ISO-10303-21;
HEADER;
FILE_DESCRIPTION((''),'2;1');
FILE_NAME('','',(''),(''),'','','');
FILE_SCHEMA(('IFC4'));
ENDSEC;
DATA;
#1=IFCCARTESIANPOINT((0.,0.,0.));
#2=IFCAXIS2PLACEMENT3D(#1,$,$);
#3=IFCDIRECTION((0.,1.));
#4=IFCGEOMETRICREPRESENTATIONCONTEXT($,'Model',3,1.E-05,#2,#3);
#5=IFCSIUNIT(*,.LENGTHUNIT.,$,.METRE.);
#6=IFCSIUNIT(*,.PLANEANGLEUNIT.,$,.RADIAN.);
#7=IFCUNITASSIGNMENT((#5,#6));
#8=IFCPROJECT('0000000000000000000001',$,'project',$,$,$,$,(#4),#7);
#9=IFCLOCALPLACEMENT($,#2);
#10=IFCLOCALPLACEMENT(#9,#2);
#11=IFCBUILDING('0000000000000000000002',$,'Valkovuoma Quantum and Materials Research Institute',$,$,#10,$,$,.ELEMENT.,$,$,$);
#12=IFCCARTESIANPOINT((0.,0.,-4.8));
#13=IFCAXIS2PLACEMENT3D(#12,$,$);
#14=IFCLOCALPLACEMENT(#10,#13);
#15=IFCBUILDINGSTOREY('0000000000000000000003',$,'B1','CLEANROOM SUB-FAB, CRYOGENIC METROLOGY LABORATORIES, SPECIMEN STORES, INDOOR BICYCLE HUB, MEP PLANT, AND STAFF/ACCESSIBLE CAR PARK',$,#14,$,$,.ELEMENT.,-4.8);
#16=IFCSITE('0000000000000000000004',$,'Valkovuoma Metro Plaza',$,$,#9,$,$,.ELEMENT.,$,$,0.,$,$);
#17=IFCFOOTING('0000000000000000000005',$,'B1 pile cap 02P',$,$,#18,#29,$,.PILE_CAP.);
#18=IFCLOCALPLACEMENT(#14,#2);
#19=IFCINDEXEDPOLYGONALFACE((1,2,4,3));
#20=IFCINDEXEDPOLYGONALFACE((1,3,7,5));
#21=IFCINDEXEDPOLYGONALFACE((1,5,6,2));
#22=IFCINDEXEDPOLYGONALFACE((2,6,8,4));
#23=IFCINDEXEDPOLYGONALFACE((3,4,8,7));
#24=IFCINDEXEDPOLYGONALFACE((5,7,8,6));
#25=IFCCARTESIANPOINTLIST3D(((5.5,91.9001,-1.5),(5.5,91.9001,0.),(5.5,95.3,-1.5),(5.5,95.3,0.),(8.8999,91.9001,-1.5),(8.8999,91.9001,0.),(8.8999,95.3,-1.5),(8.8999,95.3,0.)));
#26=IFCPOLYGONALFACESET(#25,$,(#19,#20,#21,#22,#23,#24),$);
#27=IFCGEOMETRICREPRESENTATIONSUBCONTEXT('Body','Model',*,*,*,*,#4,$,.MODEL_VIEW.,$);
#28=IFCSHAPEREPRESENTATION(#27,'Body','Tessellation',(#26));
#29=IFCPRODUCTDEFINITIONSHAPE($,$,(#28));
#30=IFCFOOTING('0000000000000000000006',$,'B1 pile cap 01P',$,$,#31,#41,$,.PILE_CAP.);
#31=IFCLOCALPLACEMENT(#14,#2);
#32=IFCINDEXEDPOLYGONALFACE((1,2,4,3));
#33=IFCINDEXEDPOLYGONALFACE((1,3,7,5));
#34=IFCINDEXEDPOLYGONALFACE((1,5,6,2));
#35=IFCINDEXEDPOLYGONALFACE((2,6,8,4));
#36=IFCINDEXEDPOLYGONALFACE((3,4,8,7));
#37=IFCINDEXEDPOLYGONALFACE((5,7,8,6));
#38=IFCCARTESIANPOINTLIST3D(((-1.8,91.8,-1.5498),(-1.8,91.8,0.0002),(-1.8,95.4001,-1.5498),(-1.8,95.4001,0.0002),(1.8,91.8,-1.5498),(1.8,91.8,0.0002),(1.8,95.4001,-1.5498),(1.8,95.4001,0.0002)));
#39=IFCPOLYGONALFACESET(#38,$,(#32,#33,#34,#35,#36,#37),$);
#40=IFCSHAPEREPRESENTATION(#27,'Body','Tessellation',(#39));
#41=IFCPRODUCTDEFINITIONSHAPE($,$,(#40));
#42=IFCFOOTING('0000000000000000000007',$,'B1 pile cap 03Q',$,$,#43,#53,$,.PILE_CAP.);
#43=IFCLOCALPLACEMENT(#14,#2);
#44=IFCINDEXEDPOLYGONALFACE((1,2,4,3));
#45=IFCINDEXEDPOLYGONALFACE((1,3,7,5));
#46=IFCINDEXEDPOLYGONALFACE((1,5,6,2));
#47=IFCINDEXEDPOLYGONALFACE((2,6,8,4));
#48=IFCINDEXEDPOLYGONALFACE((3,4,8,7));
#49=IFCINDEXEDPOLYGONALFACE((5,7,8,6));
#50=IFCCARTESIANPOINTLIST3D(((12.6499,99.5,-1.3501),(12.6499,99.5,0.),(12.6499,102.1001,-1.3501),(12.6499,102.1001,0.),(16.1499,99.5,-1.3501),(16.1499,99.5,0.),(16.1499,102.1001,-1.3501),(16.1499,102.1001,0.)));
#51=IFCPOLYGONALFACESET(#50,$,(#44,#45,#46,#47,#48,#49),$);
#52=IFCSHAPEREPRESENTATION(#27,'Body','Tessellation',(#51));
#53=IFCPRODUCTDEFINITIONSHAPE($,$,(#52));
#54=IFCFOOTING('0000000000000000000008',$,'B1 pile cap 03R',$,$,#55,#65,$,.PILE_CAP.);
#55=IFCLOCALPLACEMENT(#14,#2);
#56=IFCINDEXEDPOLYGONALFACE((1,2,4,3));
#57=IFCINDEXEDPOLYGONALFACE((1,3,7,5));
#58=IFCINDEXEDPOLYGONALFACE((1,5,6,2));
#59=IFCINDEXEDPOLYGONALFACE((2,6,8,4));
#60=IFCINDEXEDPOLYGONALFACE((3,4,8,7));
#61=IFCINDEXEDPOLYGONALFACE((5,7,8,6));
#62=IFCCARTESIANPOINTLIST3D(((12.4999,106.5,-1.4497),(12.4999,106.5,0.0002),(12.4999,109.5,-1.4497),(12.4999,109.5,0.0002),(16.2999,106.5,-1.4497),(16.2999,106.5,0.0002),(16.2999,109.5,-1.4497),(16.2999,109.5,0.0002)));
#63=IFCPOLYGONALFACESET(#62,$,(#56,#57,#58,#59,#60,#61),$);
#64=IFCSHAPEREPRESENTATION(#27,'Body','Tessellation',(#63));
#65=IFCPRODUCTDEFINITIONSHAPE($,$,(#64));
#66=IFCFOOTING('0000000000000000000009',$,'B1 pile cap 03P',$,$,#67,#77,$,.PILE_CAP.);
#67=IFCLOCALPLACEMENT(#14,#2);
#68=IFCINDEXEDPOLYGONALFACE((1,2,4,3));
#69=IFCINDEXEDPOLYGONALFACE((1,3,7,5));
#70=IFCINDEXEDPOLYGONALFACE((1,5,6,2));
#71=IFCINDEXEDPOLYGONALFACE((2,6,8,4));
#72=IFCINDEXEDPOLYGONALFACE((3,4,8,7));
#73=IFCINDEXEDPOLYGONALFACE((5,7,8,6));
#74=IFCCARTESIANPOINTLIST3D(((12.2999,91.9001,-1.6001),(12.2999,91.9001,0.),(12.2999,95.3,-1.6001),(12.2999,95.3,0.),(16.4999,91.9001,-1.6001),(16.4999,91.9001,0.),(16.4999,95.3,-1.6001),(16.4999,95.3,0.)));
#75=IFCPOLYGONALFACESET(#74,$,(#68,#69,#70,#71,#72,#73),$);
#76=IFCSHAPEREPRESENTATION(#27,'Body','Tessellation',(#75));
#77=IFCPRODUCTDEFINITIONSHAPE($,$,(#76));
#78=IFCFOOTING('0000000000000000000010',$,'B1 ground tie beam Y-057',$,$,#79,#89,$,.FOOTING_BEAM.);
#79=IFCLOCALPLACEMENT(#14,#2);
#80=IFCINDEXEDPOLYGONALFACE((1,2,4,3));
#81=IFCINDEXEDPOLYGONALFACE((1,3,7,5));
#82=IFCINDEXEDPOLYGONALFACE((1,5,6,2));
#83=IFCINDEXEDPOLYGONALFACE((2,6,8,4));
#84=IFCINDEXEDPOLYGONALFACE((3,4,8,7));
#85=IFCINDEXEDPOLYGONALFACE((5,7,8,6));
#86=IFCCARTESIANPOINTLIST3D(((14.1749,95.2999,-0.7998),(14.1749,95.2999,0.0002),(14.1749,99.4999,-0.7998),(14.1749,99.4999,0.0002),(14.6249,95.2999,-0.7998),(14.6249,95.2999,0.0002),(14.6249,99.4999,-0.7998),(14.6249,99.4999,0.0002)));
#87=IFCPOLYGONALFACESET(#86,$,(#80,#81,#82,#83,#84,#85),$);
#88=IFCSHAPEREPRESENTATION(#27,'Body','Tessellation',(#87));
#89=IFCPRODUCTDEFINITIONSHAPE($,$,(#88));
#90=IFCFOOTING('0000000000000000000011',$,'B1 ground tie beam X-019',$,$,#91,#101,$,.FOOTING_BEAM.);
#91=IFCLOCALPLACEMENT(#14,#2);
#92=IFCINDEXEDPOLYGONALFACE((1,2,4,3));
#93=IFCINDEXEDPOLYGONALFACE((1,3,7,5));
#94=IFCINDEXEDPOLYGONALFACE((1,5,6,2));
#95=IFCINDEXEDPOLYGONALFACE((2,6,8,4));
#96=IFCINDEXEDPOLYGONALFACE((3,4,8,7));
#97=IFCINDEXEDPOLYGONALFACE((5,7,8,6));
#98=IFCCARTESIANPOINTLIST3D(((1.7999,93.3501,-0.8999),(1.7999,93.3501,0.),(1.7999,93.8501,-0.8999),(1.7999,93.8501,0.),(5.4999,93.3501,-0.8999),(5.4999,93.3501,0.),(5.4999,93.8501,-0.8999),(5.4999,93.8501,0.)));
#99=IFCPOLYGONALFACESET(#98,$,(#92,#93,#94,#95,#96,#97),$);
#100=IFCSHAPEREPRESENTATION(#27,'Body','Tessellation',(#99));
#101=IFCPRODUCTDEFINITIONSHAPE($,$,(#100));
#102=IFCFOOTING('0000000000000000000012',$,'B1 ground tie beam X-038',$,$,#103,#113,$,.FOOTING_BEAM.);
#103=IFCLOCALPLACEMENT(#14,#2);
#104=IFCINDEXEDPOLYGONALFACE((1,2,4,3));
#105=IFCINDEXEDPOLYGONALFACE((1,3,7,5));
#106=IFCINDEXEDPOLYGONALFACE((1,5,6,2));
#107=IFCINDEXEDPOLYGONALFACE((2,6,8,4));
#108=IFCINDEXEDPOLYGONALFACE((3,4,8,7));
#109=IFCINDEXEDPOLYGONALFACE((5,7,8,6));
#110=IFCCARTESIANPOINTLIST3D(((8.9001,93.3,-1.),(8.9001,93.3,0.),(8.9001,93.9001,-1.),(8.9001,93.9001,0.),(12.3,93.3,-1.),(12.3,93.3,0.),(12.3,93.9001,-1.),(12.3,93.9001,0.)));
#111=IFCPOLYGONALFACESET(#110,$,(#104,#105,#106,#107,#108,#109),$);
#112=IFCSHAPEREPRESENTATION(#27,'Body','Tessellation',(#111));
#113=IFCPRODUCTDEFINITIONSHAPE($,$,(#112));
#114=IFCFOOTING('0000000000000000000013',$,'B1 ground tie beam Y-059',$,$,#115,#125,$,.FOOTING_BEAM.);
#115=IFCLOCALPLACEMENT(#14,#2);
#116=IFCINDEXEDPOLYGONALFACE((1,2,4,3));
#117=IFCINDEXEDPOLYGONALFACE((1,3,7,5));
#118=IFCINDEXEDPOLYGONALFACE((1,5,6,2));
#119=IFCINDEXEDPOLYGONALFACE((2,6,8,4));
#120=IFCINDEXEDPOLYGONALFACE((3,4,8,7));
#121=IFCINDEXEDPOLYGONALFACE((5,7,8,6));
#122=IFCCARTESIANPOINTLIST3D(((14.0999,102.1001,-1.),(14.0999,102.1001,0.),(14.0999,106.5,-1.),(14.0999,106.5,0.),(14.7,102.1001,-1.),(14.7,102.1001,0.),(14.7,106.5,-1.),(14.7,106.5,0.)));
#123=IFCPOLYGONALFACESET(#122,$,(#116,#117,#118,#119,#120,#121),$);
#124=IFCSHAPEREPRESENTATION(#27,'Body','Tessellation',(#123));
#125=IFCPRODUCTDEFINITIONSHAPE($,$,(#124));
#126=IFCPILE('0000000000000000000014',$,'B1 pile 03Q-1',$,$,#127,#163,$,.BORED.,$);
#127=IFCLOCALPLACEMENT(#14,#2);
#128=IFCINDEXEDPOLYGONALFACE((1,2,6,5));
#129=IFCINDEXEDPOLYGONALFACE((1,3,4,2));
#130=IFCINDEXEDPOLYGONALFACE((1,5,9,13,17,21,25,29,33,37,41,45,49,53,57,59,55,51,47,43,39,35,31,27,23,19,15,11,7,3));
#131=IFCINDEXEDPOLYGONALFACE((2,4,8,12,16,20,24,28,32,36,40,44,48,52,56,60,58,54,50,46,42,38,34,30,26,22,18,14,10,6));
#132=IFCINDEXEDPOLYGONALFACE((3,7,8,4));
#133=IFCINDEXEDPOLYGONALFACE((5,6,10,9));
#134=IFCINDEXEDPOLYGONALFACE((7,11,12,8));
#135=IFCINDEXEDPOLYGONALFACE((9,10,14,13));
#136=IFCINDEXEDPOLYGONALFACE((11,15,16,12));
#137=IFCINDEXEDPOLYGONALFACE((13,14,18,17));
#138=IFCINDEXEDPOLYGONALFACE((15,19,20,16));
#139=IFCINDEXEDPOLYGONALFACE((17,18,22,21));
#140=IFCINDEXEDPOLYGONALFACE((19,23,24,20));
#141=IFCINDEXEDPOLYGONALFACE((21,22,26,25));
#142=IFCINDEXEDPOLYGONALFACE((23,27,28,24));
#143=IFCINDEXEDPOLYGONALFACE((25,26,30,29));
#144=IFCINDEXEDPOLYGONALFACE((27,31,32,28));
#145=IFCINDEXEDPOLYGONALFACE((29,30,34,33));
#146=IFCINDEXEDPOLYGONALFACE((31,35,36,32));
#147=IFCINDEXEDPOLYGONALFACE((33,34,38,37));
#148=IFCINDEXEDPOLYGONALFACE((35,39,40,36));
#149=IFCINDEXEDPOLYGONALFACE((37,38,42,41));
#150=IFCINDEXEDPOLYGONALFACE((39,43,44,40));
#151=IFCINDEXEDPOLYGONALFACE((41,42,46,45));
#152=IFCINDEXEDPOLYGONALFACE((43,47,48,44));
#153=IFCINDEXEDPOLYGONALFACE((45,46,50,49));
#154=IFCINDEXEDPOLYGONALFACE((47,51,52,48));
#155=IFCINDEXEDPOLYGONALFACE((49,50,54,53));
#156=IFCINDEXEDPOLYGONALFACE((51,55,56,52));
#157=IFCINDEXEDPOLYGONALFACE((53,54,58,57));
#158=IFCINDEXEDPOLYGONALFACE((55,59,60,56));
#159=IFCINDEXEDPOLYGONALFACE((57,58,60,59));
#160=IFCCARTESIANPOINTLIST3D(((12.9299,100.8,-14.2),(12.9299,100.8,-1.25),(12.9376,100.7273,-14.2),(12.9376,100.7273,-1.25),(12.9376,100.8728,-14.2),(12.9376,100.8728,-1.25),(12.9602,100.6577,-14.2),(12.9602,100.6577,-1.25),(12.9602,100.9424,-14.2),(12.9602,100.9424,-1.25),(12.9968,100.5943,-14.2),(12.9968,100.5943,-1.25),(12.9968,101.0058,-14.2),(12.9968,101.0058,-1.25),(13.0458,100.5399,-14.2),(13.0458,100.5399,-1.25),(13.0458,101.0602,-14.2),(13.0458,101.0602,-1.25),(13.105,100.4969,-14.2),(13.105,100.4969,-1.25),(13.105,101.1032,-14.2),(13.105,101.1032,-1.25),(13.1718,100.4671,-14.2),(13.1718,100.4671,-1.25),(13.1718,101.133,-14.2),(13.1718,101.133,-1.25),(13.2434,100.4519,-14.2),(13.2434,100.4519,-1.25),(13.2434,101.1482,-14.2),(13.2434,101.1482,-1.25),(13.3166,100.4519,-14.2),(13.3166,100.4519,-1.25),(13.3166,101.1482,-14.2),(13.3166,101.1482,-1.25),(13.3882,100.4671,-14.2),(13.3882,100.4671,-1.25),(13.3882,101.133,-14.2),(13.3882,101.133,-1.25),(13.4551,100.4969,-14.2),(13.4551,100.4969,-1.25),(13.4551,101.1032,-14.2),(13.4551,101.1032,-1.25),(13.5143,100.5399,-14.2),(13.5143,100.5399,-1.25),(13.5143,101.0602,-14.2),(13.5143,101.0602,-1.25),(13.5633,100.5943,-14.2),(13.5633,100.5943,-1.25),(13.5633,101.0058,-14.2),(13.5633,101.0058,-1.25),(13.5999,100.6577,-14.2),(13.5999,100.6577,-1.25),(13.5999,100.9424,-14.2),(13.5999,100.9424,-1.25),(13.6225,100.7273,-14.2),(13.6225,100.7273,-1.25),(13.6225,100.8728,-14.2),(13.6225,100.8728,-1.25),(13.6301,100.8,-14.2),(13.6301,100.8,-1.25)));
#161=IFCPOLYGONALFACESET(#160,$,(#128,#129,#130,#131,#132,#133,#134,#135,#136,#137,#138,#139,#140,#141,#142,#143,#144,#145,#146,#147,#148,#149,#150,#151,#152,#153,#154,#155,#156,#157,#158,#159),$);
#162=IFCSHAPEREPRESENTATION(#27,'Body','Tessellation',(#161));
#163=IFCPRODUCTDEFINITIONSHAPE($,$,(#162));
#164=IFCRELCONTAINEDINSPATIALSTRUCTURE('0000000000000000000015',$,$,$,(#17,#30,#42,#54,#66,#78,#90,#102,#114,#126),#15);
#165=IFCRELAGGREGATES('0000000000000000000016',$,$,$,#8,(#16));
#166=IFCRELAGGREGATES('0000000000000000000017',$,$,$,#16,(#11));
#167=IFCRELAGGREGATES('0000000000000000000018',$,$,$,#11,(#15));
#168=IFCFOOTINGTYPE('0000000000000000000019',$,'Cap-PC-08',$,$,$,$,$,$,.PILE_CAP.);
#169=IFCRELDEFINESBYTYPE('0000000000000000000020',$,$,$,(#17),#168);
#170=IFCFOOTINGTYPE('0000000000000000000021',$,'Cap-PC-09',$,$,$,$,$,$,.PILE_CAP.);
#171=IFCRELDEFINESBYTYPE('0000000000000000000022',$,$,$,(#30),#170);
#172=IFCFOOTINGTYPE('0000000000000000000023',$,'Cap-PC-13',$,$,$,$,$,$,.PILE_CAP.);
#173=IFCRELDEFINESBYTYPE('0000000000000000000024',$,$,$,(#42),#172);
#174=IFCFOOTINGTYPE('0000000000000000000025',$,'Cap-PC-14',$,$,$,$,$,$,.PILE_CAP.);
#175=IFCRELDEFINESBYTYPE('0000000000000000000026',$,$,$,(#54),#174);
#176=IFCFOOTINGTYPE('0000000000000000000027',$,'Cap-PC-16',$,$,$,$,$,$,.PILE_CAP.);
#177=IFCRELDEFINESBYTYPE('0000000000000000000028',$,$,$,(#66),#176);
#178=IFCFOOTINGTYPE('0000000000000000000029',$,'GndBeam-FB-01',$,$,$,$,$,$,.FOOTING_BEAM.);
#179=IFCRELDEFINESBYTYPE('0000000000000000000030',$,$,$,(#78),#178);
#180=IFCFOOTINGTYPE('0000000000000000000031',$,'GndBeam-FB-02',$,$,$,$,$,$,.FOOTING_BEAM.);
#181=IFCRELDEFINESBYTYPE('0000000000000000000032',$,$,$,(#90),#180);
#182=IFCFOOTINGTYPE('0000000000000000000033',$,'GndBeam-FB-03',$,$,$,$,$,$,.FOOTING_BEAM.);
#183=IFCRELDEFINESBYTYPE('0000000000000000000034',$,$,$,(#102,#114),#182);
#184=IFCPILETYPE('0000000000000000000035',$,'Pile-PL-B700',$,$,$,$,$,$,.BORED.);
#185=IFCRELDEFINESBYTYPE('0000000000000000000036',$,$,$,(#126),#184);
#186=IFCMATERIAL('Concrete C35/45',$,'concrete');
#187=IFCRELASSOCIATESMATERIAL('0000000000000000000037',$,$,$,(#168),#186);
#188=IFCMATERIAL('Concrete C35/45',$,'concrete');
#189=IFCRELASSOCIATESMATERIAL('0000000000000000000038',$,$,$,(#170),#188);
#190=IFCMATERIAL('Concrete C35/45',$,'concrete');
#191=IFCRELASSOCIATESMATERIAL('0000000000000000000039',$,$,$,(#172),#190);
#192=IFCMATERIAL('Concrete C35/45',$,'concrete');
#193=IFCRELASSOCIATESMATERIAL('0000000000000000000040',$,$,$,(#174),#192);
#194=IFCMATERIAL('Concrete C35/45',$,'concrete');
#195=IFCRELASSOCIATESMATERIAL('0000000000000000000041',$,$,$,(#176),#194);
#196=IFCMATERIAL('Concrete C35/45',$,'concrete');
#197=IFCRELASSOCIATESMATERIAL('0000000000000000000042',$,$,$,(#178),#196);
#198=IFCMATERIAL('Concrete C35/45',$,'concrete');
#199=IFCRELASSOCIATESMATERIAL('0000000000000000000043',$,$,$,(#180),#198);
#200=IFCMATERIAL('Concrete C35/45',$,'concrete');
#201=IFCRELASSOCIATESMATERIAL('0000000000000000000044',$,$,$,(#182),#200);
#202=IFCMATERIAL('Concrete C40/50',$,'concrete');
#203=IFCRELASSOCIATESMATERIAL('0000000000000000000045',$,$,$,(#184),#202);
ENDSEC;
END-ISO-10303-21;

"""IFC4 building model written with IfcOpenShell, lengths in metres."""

from ifc_helpers import new_model, si_unit, direction, frame, origin, origin_2d, place, context, subcontext, project, spatial, rectangle, circle, extrude, material, material_profile, profile_set, type_object, element, save


model = new_model("IFC4")

# Units and contexts
model_context = context("Model", 3, precision=1e-05, world=origin(), true_north=direction((0.0, 1.0)))
body_context = subcontext(model_context, "Body", "Model", "MODEL_VIEW")
ifc_project = project(units=[si_unit("LENGTHUNIT", "METRE"), si_unit("PLANEANGLEUNIT", "RADIAN")], contexts=[model_context])

# Site, building, storey
site_placement = place(None, origin())
site = spatial("IfcSite", under=ifc_project, at=site_placement, Name="Valkovuoma Metro Plaza", CompositionType="ELEMENT", RefElevation=0.0)
building_placement = place(site_placement, origin())
building = spatial("IfcBuilding", under=site, at=building_placement, Name="Valkovuoma Quantum and Materials Research Institute", CompositionType="ELEMENT")
storey_placement = place(building_placement, frame((0.0, 0.0, -4.8)))
storey = spatial("IfcBuildingStorey", under=building, at=storey_placement, Name="B1", Description="CLEANROOM SUB-FAB, CRYOGENIC METROLOGY LABORATORIES, SPECIMEN STORES, INDOOR BICYCLE HUB, MEP PLANT, AND STAFF/ACCESSIBLE CAR PARK", CompositionType="ELEMENT", Elevation=-4.8)

# Footings
ifc_material_1 = material(Name="Concrete C35/45", Category="concrete")
footing_type_1 = type_object("IfcFootingType", Name="Cap-PC-08", PredefinedType="PILE_CAP", material=ifc_material_1)
footing_1_placement = place(storey_placement, frame((7.2, 93.6001, -1.5), z_axis=(0.0, 0.0, 1.0), x_axis=(1.0, 0.0, 0.0)))
element("IfcFooting", 1, at=footing_1_placement, inside=storey, type_object=footing_type_1, Name="B1 pile cap 02P", PredefinedType="PILE_CAP", context=body_context, shape_type="SweptSolid", body=[
    extrude(rectangle(XDim=3.3999, YDim=3.3999, at=origin_2d()), origin(), (0.0, 0.0, 1.0), 1.5),
])
ifc_material_2 = material(Name="Concrete C35/45", Category="concrete")
footing_type_2 = type_object("IfcFootingType", Name="Cap-PC-09", PredefinedType="PILE_CAP", material=ifc_material_2)
footing_2_placement = place(storey_placement, frame((0.0, 93.6001, -1.5498), z_axis=(0.0, 0.0, 1.0), x_axis=(1.0, 0.0, 0.0)))
element("IfcFooting", 2, at=footing_2_placement, inside=storey, type_object=footing_type_2, Name="B1 pile cap 01P", PredefinedType="PILE_CAP", context=body_context, shape_type="SweptSolid", body=[
    extrude(rectangle(XDim=3.6001, YDim=3.6001, at=origin_2d()), origin(), (0.0, 0.0, 1.0), 1.55),
])
ifc_material_3 = material(Name="Concrete C35/45", Category="concrete")
footing_type_3 = type_object("IfcFootingType", Name="Cap-PC-13", PredefinedType="PILE_CAP", material=ifc_material_3)
footing_3_placement = place(storey_placement, frame((14.3999, 100.8, -1.3501), z_axis=(0.0, 0.0, 1.0), x_axis=(1.0, 0.0, 0.0)))
element("IfcFooting", 3, at=footing_3_placement, inside=storey, type_object=footing_type_3, Name="B1 pile cap 03Q", PredefinedType="PILE_CAP", context=body_context, shape_type="SweptSolid", body=[
    extrude(rectangle(XDim=3.5, YDim=2.6001, at=origin_2d()), origin(), (0.0, 0.0, 1.0), 1.3501),
])
ifc_material_4 = material(Name="Concrete C35/45", Category="concrete")
footing_type_4 = type_object("IfcFootingType", Name="Cap-PC-14", PredefinedType="PILE_CAP", material=ifc_material_4)
footing_4_placement = place(storey_placement, frame((14.3999, 108.0, -1.4497), z_axis=(0.0, 0.0, 1.0), x_axis=(1.0, 0.0, 0.0)))
element("IfcFooting", 4, at=footing_4_placement, inside=storey, type_object=footing_type_4, Name="B1 pile cap 03R", PredefinedType="PILE_CAP", context=body_context, shape_type="SweptSolid", body=[
    extrude(rectangle(XDim=3.8, YDim=3.0, at=origin_2d()), origin(), (0.0, 0.0, 1.0), 1.45),
])
ifc_material_5 = material(Name="Concrete C35/45", Category="concrete")
footing_type_5 = type_object("IfcFootingType", Name="Cap-PC-16", PredefinedType="PILE_CAP", material=ifc_material_5)
footing_5_placement = place(storey_placement, frame((14.3999, 93.6001, -1.6001), z_axis=(0.0, 0.0, 1.0), x_axis=(1.0, 0.0, 0.0)))
element("IfcFooting", 5, at=footing_5_placement, inside=storey, type_object=footing_type_5, Name="B1 pile cap 03P", PredefinedType="PILE_CAP", context=body_context, shape_type="SweptSolid", body=[
    extrude(rectangle(XDim=4.2, YDim=3.3999, at=origin_2d()), origin(), (0.0, 0.0, 1.0), 1.6001),
])
ifc_material_6 = material(Name="Concrete C35/45", Category="concrete")
footing_type_6 = type_object("IfcFootingType", Name="GndBeam-FB-01", PredefinedType="FOOTING_BEAM", material=ifc_material_6)
footing_6_placement = place(storey_placement, frame((14.3999, 97.3999, -0.7998), z_axis=(0.0, 0.0, 1.0), x_axis=(0.0, 1.0, 0.0)))
element("IfcFooting", 6, at=footing_6_placement, inside=storey, type_object=footing_type_6, Name="B1 ground tie beam Y-057", PredefinedType="FOOTING_BEAM", context=body_context, shape_type="SweptSolid", body=[
    extrude(rectangle(XDim=4.2, YDim=0.45, at=origin_2d()), origin(), (0.0, 0.0, 1.0), 0.8),
])
ifc_material_7 = material(Name="Concrete C35/45", Category="concrete")
footing_type_7 = type_object("IfcFootingType", Name="GndBeam-FB-02", PredefinedType="FOOTING_BEAM", material=ifc_material_7)
footing_7_placement = place(storey_placement, frame((3.6499, 93.6001, -0.8999), z_axis=(0.0, 0.0, 1.0), x_axis=(1.0, 0.0, 0.0)))
element("IfcFooting", 7, at=footing_7_placement, inside=storey, type_object=footing_type_7, Name="B1 ground tie beam X-019", PredefinedType="FOOTING_BEAM", context=body_context, shape_type="SweptSolid", body=[
    extrude(rectangle(XDim=3.7, YDim=0.5, at=origin_2d()), origin(), (0.0, 0.0, 1.0), 0.8999),
])
ifc_material_8 = material(Name="Concrete C35/45", Category="concrete")
footing_type_8 = type_object("IfcFootingType", Name="GndBeam-FB-03", PredefinedType="FOOTING_BEAM", material=ifc_material_8)
footing_8_placement = place(storey_placement, frame((10.6001, 93.6001, -1.0), z_axis=(0.0, 0.0, 1.0), x_axis=(1.0, 0.0, 0.0)))
element("IfcFooting", 8, at=footing_8_placement, inside=storey, type_object=footing_type_8, Name="B1 ground tie beam X-038", PredefinedType="FOOTING_BEAM", context=body_context, shape_type="SweptSolid", body=[
    extrude(rectangle(XDim=3.3999, YDim=0.6001, at=origin_2d()), origin(), (0.0, 0.0, 1.0), 1.0),
])
footing_9_placement = place(storey_placement, frame((14.3999, 104.3, -1.0), z_axis=(0.0, 0.0, 1.0), x_axis=(0.0, 1.0, 0.0)))
element("IfcFooting", 9, at=footing_9_placement, inside=storey, type_object=footing_type_8, Name="B1 ground tie beam Y-059", PredefinedType="FOOTING_BEAM", context=body_context, shape_type="SweptSolid", body=[
    extrude(rectangle(XDim=4.3999, YDim=0.6001, at=origin_2d()), origin(), (0.0, 0.0, 1.0), 1.0),
])

# Pile
ifc_material_9 = material(Name="Concrete C40/50", Category="concrete")
ifc_material_profile_1 = material_profile(ifc_material_9, circle(Radius=0.3501, at=origin_2d()), Name="Concrete C40/50")
ifc_profile_set_1 = profile_set([ifc_material_profile_1], Name="Concrete C40/50")
pile_type_1 = type_object("IfcPileType", Name="Pile-PL-B700", PredefinedType="BORED", material=ifc_profile_set_1)
pile_placement = place(storey_placement, frame((13.28, 100.8, -1.25), z_axis=(0.0, 0.0, -1.0), x_axis=(1.0, 0.0, 0.0)))
element("IfcPile", 10, at=pile_placement, inside=storey, type_object=pile_type_1, Name="B1 pile 03Q-1", PredefinedType="BORED", context=body_context, shape_type="SweptSolid", body=[
    extrude(circle(Radius=0.3501, at=origin_2d()), origin(), (0.0, 0.0, 1.0), 12.95),
])

save(model, "model.ifc")
